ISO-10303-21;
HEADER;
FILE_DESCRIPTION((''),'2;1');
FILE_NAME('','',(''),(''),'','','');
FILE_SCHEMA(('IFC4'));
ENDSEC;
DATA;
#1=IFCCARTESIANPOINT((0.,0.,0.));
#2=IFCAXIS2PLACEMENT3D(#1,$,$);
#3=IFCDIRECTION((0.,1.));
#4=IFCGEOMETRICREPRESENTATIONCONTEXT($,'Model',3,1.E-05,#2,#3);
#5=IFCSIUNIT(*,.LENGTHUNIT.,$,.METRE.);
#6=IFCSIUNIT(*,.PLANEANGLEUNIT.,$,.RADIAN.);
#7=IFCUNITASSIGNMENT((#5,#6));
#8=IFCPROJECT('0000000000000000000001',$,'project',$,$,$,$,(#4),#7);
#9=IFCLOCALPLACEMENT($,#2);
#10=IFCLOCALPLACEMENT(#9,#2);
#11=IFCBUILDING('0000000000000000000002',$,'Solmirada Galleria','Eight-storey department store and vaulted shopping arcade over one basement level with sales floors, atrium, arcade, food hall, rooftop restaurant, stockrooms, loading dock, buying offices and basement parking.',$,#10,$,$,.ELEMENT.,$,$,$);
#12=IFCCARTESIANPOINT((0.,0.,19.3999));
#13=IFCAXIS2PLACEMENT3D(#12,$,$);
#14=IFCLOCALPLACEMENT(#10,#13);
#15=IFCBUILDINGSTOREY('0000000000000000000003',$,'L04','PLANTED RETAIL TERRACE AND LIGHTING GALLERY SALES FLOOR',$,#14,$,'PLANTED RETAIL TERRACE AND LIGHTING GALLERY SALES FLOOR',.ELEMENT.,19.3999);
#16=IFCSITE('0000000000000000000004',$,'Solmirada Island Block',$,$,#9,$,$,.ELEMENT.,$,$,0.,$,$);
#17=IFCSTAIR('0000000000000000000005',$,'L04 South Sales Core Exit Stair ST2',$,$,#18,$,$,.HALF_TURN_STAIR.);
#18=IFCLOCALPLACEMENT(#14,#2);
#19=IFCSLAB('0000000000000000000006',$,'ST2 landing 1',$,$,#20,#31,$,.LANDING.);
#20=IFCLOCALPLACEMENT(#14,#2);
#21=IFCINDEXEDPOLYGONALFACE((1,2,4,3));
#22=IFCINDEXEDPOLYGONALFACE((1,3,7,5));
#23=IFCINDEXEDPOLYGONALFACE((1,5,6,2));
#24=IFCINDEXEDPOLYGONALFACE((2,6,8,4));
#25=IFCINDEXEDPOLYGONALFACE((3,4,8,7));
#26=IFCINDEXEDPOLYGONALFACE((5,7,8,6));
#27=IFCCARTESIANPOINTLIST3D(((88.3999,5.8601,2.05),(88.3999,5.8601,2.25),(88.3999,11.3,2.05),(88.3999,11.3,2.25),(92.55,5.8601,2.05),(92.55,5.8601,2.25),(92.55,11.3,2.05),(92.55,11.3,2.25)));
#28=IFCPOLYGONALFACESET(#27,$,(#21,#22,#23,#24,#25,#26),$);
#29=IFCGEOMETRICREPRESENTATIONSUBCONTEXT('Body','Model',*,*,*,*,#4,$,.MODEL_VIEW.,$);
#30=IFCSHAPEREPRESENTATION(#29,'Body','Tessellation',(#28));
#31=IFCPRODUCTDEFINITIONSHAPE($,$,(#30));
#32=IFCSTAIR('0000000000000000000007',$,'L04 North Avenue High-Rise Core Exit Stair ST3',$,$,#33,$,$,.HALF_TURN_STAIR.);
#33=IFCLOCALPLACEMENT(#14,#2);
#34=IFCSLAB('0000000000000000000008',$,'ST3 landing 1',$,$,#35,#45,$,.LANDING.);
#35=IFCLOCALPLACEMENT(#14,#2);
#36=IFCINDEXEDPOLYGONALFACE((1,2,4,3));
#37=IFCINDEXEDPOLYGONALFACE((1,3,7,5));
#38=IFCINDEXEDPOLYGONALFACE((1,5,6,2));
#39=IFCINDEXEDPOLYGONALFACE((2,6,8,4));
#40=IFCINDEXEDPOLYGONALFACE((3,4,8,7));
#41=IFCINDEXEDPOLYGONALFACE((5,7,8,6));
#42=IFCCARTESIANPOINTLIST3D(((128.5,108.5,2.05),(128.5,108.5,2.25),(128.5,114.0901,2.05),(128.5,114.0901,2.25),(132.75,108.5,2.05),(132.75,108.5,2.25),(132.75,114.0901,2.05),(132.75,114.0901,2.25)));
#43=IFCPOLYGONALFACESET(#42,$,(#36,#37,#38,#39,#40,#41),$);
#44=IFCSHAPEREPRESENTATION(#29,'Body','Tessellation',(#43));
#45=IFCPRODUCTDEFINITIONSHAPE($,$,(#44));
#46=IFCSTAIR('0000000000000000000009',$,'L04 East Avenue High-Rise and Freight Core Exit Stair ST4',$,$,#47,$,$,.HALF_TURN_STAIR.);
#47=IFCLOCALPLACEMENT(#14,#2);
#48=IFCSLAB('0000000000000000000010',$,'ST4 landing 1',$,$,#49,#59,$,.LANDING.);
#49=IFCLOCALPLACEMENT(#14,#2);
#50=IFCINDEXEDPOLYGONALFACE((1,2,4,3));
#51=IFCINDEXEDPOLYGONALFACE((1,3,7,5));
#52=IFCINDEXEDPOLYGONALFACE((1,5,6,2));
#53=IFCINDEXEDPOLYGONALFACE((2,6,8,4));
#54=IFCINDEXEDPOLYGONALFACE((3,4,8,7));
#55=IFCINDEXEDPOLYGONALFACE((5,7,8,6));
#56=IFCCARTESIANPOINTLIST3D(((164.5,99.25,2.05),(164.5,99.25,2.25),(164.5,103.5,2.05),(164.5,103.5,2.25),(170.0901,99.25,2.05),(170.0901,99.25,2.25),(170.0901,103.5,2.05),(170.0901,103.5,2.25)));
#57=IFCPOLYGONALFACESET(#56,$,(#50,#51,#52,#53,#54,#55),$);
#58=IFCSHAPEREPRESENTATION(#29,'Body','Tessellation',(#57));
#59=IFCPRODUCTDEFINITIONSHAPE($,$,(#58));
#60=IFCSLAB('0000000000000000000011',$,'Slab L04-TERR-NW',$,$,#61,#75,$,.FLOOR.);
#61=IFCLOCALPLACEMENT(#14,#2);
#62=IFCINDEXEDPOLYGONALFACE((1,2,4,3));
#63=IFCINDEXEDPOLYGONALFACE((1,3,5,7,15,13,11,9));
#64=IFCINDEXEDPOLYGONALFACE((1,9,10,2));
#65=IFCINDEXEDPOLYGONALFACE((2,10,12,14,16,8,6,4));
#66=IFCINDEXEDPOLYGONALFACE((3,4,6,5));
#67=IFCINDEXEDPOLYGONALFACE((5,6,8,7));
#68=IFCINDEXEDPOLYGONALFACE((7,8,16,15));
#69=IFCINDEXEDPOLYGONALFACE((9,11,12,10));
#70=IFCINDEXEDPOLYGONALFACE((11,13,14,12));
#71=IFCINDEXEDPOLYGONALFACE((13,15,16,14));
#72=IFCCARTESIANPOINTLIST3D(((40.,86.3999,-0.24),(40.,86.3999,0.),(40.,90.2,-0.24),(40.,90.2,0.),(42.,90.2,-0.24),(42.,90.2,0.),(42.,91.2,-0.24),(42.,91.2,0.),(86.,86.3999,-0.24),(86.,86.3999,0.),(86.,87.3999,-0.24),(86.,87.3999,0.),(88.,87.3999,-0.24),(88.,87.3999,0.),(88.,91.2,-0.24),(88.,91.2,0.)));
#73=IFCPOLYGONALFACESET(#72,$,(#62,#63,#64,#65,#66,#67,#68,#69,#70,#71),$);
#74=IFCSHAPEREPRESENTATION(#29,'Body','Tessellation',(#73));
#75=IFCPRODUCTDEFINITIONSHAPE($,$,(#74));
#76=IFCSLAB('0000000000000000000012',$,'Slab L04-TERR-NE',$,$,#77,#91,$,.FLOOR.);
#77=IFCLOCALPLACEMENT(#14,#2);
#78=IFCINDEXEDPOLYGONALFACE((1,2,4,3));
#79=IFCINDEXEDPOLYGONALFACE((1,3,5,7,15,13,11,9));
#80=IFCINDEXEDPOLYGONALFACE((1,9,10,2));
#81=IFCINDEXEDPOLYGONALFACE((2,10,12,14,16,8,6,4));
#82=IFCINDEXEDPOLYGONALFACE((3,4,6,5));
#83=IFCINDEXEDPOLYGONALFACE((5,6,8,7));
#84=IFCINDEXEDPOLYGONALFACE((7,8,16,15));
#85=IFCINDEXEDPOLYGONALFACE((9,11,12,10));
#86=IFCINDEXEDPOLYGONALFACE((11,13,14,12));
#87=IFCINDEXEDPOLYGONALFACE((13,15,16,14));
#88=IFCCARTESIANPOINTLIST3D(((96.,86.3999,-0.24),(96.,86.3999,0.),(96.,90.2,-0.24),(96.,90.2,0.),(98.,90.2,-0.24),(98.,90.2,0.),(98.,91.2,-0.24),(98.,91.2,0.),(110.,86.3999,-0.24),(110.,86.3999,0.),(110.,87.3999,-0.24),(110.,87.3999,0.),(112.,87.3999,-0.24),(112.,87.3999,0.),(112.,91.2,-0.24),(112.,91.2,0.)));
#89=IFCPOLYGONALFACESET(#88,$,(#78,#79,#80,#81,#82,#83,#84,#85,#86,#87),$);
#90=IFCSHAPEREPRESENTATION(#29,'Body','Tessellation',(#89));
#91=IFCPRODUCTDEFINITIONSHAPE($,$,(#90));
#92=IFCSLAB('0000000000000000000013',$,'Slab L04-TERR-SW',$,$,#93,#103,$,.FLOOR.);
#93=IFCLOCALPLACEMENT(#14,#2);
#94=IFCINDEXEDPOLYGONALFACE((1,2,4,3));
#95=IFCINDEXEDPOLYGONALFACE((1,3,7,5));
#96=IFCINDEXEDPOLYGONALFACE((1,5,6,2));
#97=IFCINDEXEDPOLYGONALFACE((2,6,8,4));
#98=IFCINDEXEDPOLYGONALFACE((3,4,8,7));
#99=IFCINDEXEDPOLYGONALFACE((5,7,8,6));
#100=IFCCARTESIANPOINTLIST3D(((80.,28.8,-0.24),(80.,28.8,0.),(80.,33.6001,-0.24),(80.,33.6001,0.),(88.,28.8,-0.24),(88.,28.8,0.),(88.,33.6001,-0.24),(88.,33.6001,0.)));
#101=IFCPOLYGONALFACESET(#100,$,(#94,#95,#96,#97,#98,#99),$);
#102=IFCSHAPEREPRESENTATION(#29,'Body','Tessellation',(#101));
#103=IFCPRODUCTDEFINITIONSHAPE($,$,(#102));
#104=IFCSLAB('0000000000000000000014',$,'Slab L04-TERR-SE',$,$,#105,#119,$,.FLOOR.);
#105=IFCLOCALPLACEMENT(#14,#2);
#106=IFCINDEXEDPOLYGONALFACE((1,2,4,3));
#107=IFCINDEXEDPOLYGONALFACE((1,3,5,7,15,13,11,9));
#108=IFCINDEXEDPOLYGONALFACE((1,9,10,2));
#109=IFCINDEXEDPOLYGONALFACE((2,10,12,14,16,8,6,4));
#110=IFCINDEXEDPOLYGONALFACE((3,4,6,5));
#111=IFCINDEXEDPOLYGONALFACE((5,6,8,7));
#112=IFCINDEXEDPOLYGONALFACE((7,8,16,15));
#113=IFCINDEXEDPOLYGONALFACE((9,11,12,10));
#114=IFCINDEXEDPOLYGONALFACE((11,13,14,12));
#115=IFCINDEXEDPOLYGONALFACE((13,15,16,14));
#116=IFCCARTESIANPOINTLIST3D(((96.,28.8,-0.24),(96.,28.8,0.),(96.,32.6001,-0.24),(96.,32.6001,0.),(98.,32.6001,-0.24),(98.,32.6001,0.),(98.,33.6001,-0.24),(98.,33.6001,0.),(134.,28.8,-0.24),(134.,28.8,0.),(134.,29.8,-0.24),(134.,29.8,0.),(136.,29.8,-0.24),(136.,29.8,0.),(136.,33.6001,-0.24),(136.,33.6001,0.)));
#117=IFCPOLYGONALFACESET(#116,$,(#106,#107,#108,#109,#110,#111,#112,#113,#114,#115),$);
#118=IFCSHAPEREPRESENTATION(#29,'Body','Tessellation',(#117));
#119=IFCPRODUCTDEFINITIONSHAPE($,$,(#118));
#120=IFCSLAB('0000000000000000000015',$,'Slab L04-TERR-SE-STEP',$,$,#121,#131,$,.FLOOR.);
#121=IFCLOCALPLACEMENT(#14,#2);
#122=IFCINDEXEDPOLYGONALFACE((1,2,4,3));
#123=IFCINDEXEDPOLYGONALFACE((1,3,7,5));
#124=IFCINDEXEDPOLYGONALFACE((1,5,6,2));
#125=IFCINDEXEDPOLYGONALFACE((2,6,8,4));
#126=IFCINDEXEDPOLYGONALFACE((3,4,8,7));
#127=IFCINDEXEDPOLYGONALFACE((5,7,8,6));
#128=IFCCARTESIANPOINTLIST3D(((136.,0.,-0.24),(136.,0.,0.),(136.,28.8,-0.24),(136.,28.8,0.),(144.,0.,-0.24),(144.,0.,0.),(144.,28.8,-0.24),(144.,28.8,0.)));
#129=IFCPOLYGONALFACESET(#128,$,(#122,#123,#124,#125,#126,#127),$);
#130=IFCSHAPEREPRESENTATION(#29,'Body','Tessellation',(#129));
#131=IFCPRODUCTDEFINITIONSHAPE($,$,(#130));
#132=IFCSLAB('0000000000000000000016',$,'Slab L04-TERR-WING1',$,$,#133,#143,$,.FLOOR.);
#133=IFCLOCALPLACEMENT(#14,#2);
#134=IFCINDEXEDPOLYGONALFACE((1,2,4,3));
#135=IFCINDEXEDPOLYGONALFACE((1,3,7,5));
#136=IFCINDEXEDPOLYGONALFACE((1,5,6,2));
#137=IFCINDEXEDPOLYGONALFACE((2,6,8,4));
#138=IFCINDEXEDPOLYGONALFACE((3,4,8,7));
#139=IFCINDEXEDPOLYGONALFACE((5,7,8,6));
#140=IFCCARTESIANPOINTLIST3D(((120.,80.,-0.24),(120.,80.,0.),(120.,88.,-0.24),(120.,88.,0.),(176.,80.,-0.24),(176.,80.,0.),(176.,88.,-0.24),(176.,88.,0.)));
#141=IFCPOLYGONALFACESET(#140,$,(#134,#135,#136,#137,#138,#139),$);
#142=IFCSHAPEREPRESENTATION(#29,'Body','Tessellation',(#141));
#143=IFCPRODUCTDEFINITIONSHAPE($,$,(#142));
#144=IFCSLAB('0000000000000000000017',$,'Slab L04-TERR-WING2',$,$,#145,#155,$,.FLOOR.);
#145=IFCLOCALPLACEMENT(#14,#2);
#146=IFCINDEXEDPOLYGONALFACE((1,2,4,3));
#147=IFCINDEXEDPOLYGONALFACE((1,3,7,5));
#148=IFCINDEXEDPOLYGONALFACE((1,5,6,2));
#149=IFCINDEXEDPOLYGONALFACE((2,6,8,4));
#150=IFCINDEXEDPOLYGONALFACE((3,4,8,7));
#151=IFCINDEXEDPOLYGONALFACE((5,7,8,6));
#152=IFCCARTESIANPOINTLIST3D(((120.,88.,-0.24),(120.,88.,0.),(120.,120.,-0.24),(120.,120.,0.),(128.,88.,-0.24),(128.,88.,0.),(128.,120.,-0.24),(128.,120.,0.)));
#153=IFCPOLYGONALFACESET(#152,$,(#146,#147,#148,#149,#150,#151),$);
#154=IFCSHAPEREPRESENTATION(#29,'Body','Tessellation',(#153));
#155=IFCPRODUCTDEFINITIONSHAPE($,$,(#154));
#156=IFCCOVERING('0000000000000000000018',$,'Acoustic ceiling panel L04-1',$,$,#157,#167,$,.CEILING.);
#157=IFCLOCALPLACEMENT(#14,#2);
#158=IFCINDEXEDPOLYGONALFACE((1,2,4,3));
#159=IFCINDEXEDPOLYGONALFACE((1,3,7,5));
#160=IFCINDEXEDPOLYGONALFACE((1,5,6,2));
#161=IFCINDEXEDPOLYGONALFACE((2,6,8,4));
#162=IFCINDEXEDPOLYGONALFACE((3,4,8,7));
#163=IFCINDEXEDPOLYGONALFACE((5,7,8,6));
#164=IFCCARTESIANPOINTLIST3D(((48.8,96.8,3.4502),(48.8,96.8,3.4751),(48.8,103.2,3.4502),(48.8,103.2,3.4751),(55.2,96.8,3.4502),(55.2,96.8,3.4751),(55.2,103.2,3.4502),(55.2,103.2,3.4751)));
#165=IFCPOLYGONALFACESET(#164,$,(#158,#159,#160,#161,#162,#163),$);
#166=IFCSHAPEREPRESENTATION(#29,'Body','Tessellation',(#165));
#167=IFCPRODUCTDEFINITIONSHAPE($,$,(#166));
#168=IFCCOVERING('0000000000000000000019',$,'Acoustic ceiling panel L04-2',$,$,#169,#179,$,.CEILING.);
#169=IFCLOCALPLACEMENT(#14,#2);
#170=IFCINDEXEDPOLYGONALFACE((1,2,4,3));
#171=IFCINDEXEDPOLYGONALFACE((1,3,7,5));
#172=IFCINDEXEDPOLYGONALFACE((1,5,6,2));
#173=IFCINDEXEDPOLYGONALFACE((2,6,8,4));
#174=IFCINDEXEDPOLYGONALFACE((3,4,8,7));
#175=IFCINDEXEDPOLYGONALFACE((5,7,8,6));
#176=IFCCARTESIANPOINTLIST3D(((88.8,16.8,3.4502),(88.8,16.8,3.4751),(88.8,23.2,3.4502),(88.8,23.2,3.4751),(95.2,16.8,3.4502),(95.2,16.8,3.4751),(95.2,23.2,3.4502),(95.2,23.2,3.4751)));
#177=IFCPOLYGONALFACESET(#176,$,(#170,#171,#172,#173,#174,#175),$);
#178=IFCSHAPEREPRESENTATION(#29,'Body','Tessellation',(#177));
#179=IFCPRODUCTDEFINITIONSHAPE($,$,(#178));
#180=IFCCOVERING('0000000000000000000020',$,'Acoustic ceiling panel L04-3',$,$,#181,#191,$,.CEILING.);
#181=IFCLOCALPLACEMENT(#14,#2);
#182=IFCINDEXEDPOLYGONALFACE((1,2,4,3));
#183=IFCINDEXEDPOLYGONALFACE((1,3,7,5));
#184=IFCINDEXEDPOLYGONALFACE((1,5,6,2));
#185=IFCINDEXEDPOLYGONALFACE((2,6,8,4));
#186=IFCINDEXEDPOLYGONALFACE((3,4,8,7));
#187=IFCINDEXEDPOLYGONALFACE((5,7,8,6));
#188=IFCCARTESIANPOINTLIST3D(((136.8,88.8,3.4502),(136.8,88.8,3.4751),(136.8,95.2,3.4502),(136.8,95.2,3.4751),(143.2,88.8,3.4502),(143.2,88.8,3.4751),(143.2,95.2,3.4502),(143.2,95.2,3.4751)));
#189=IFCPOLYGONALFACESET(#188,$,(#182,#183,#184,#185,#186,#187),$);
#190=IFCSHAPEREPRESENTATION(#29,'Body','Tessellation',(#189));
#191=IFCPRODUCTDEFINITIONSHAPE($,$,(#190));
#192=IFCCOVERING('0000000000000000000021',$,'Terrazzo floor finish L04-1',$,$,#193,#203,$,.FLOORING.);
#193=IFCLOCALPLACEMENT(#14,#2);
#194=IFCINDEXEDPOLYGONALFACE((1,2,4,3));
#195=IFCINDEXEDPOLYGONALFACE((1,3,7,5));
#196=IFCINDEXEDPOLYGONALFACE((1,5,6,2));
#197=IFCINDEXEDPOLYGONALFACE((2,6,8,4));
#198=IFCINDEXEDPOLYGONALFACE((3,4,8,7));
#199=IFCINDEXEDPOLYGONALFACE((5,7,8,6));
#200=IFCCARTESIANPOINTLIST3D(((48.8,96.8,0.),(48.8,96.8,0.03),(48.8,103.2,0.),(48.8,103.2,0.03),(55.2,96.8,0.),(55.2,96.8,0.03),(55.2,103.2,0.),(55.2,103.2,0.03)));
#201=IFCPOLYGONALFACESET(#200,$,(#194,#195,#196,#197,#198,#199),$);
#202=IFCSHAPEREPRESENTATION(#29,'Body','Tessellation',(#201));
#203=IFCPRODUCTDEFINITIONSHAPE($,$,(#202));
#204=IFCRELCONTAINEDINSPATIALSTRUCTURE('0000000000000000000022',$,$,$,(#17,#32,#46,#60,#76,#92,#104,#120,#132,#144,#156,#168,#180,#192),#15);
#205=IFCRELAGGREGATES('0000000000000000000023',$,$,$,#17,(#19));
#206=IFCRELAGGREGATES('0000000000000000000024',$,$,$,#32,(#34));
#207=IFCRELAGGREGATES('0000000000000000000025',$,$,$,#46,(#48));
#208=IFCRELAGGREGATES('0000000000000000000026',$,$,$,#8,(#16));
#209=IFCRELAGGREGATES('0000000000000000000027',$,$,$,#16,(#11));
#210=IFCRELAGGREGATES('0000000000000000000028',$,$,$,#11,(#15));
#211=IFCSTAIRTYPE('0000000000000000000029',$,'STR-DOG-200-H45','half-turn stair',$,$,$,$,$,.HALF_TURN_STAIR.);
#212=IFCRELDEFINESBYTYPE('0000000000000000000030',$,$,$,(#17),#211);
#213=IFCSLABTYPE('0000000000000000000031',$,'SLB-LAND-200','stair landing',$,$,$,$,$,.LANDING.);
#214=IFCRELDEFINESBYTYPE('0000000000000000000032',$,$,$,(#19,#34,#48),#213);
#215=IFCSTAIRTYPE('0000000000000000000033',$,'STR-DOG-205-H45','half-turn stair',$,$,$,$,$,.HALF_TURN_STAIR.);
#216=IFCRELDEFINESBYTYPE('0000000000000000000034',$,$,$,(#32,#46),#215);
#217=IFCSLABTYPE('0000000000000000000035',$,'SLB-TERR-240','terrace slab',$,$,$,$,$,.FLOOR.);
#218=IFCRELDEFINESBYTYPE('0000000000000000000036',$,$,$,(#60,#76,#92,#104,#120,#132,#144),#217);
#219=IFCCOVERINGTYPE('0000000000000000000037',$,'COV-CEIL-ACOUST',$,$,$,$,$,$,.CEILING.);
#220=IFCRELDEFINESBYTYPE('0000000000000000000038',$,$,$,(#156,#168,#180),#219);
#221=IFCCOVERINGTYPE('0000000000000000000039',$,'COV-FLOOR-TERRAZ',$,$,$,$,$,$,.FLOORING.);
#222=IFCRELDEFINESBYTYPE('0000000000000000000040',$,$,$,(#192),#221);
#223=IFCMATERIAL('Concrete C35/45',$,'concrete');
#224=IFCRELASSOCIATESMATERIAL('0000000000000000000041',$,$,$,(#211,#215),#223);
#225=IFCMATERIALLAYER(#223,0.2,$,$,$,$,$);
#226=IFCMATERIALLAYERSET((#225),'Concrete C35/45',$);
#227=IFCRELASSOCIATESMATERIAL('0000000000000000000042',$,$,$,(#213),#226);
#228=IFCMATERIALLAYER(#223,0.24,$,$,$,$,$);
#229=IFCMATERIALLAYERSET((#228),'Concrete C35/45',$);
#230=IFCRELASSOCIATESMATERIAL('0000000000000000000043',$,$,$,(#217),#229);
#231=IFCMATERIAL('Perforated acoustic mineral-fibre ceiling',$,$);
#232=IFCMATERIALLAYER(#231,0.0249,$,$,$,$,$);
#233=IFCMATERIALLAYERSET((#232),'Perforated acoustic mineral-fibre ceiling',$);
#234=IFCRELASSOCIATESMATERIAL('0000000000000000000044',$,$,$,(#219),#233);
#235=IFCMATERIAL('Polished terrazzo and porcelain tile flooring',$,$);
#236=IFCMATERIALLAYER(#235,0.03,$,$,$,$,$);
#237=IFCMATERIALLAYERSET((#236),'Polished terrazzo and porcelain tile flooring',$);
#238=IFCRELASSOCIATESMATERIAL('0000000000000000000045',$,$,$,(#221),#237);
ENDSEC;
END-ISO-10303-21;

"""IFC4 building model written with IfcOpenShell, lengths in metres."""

from ifc_helpers import new_model, si_unit, direction, frame, origin, place, context, subcontext, project, spatial, polyline, outline, extrude, material, layer, layer_set, type_object, element, aggregate, save


model = new_model("IFC4")

# Units and contexts
model_context = context("Model", 3, precision=1e-05, world=origin(), true_north=direction((0.0, 1.0)))
body_context = subcontext(model_context, "Body", "Model", "MODEL_VIEW")
ifc_project = project(units=[si_unit("LENGTHUNIT", "METRE"), si_unit("PLANEANGLEUNIT", "RADIAN")], contexts=[model_context])

# Site, building, storey
site_placement = place(None, origin())
site = spatial("IfcSite", under=ifc_project, at=site_placement, Name="Solmirada Island Block", CompositionType="ELEMENT", RefElevation=0.0)
building_placement = place(site_placement, origin())
building = spatial("IfcBuilding", under=site, at=building_placement, Name="Solmirada Galleria", Description="Eight-storey department store and vaulted shopping arcade over one basement level with sales floors, atrium, arcade, food hall, rooftop restaurant, stockrooms, loading dock, buying offices and basement parking.", CompositionType="ELEMENT")
storey_placement = place(building_placement, frame((0.0, 0.0, 19.3999)))
storey = spatial("IfcBuildingStorey", under=building, at=storey_placement, Name="L04", Description="PLANTED RETAIL TERRACE AND LIGHTING GALLERY SALES FLOOR", LongName="PLANTED RETAIL TERRACE AND LIGHTING GALLERY SALES FLOOR", CompositionType="ELEMENT", Elevation=19.3999)

# Shared definitions
ifc_material_1 = material(Name="Concrete C35/45", Category="concrete")

# Stairs, slabs
stair_type_1 = type_object("IfcStairType", Name="STR-DOG-200-H45", Description="half-turn stair", PredefinedType="HALF_TURN_STAIR", material=ifc_material_1)
ifc_layer_1 = layer(ifc_material_1, 0.2)
ifc_layer_set_1 = layer_set([ifc_layer_1], Name="Concrete C35/45")
slab_type_1 = type_object("IfcSlabType", Name="SLB-LAND-200", Description="stair landing", PredefinedType="LANDING", material=ifc_layer_set_1)
stair_1_placement = place(storey_placement, origin())
stair_1 = element("IfcStair", 1, at=stair_1_placement, inside=storey, type_object=stair_type_1, Name="L04 South Sales Core Exit Stair ST2", PredefinedType="HALF_TURN_STAIR")
slab_1_placement = place(storey_placement, frame((0.0, 0.0, 2.05)))
slab_1 = element("IfcSlab", 2, at=slab_1_placement, type_object=slab_type_1, Name="ST2 landing 1", PredefinedType="LANDING", context=body_context, shape_type="SweptSolid", body=[
    extrude(outline(polyline([(92.55, 5.8601), (92.55, 11.3), (88.3999, 11.3), (88.3999, 5.8601), (92.55, 5.8601)])), origin(), (0.0, 0.0, 1.0), 0.2),
])
aggregate(stair_1, [slab_1])
stair_type_2 = type_object("IfcStairType", Name="STR-DOG-205-H45", Description="half-turn stair", PredefinedType="HALF_TURN_STAIR", material=ifc_material_1)
stair_2_placement = place(storey_placement, origin())
stair_2 = element("IfcStair", 3, at=stair_2_placement, inside=storey, type_object=stair_type_2, Name="L04 North Avenue High-Rise Core Exit Stair ST3", PredefinedType="HALF_TURN_STAIR")
slab_2_placement = place(storey_placement, frame((0.0, 0.0, 2.05)))
slab_2 = element("IfcSlab", 4, at=slab_2_placement, type_object=slab_type_1, Name="ST3 landing 1", PredefinedType="LANDING", context=body_context, shape_type="SweptSolid", body=[
    extrude(outline(polyline([(128.5, 114.0901), (128.5, 108.5), (132.75, 108.5), (132.75, 114.0901), (128.5, 114.0901)])), origin(), (0.0, 0.0, 1.0), 0.2),
])
aggregate(stair_2, [slab_2])
stair_3_placement = place(storey_placement, origin())
stair_3 = element("IfcStair", 5, at=stair_3_placement, inside=storey, type_object=stair_type_2, Name="L04 East Avenue High-Rise and Freight Core Exit Stair ST4", PredefinedType="HALF_TURN_STAIR")
slab_3_placement = place(storey_placement, frame((0.0, 0.0, 2.05)))
slab_3 = element("IfcSlab", 6, at=slab_3_placement, type_object=slab_type_1, Name="ST4 landing 1", PredefinedType="LANDING", context=body_context, shape_type="SweptSolid", body=[
    extrude(outline(polyline([(170.0901, 103.5), (164.5, 103.5), (164.5, 99.25), (170.0901, 99.25), (170.0901, 103.5)])), origin(), (0.0, 0.0, 1.0), 0.2),
])
aggregate(stair_3, [slab_3])

# Slabs
ifc_layer_2 = layer(ifc_material_1, 0.24)
ifc_layer_set_2 = layer_set([ifc_layer_2], Name="Concrete C35/45")
slab_type_2 = type_object("IfcSlabType", Name="SLB-TERR-240", Description="terrace slab", PredefinedType="FLOOR", material=ifc_layer_set_2)
slab_4_placement = place(storey_placement, frame((0.0, 0.0, -0.24)))
element("IfcSlab", 7, at=slab_4_placement, inside=storey, type_object=slab_type_2, Name="Slab L04-TERR-NW", PredefinedType="FLOOR", context=body_context, shape_type="SweptSolid", body=[
    extrude(outline(polyline([(40.0, 86.3999), (86.0, 86.3999), (86.0, 87.3999), (88.0, 87.3999), (88.0, 91.2), (42.0, 91.2), (42.0, 90.2), (40.0, 90.2), (40.0, 86.3999)])), origin(), (0.0, 0.0, 1.0), 0.24),
])
slab_5_placement = place(storey_placement, frame((0.0, 0.0, -0.24)))
element("IfcSlab", 8, at=slab_5_placement, inside=storey, type_object=slab_type_2, Name="Slab L04-TERR-NE", PredefinedType="FLOOR", context=body_context, shape_type="SweptSolid", body=[
    extrude(outline(polyline([(96.0, 86.3999), (110.0, 86.3999), (110.0, 87.3999), (112.0, 87.3999), (112.0, 91.2), (98.0, 91.2), (98.0, 90.2), (96.0, 90.2), (96.0, 86.3999)])), origin(), (0.0, 0.0, 1.0), 0.24),
])
slab_6_placement = place(storey_placement, frame((0.0, 0.0, -0.24)))
element("IfcSlab", 9, at=slab_6_placement, inside=storey, type_object=slab_type_2, Name="Slab L04-TERR-SW", PredefinedType="FLOOR", context=body_context, shape_type="SweptSolid", body=[
    extrude(outline(polyline([(80.0, 28.8), (88.0, 28.8), (88.0, 33.6001), (80.0, 33.6001), (80.0, 28.8)])), origin(), (0.0, 0.0, 1.0), 0.24),
])
slab_7_placement = place(storey_placement, frame((0.0, 0.0, -0.24)))
element("IfcSlab", 10, at=slab_7_placement, inside=storey, type_object=slab_type_2, Name="Slab L04-TERR-SE", PredefinedType="FLOOR", context=body_context, shape_type="SweptSolid", body=[
    extrude(outline(polyline([(96.0, 28.8), (134.0, 28.8), (134.0, 29.8), (136.0, 29.8), (136.0, 33.6001), (98.0, 33.6001), (98.0, 32.6001), (96.0, 32.6001), (96.0, 28.8)])), origin(), (0.0, 0.0, 1.0), 0.24),
])
slab_8_placement = place(storey_placement, frame((0.0, 0.0, -0.24)))
element("IfcSlab", 11, at=slab_8_placement, inside=storey, type_object=slab_type_2, Name="Slab L04-TERR-SE-STEP", PredefinedType="FLOOR", context=body_context, shape_type="SweptSolid", body=[
    extrude(outline(polyline([(136.0, 0.0), (144.0, 0.0), (144.0, 28.8), (136.0, 28.8), (136.0, 0.0)])), origin(), (0.0, 0.0, 1.0), 0.24),
])
slab_9_placement = place(storey_placement, frame((0.0, 0.0, -0.24)))
element("IfcSlab", 12, at=slab_9_placement, inside=storey, type_object=slab_type_2, Name="Slab L04-TERR-WING1", PredefinedType="FLOOR", context=body_context, shape_type="SweptSolid", body=[
    extrude(outline(polyline([(120.0, 80.0), (176.0, 80.0), (176.0, 88.0), (120.0, 88.0), (120.0, 80.0)])), origin(), (0.0, 0.0, 1.0), 0.24),
])
slab_10_placement = place(storey_placement, frame((0.0, 0.0, -0.24)))
element("IfcSlab", 13, at=slab_10_placement, inside=storey, type_object=slab_type_2, Name="Slab L04-TERR-WING2", PredefinedType="FLOOR", context=body_context, shape_type="SweptSolid", body=[
    extrude(outline(polyline([(120.0, 88.0), (128.0, 88.0), (128.0, 120.0), (120.0, 120.0), (120.0, 88.0)])), origin(), (0.0, 0.0, 1.0), 0.24),
])

# Coverings
ifc_material_2 = material(Name="Perforated acoustic mineral-fibre ceiling")
ifc_layer_3 = layer(ifc_material_2, 0.0249)
ifc_layer_set_3 = layer_set([ifc_layer_3], Name="Perforated acoustic mineral-fibre ceiling")
covering_type_1 = type_object("IfcCoveringType", Name="COV-CEIL-ACOUST", PredefinedType="CEILING", material=ifc_layer_set_3)
covering_1_placement = place(storey_placement, frame((0.0, 0.0, 3.4502)))
element("IfcCovering", 14, at=covering_1_placement, inside=storey, type_object=covering_type_1, Name="Acoustic ceiling panel L04-1", PredefinedType="CEILING", context=body_context, shape_type="SweptSolid", body=[
    extrude(outline(polyline([(48.8, 96.8), (55.2, 96.8), (55.2, 103.2), (48.8, 103.2), (48.8, 96.8)])), origin(), (0.0, 0.0, 1.0), 0.0249),
])
covering_2_placement = place(storey_placement, frame((0.0, 0.0, 3.4502)))
element("IfcCovering", 15, at=covering_2_placement, inside=storey, type_object=covering_type_1, Name="Acoustic ceiling panel L04-2", PredefinedType="CEILING", context=body_context, shape_type="SweptSolid", body=[
    extrude(outline(polyline([(88.8, 16.8), (95.2, 16.8), (95.2, 23.2), (88.8, 23.2), (88.8, 16.8)])), origin(), (0.0, 0.0, 1.0), 0.0249),
])
covering_3_placement = place(storey_placement, frame((0.0, 0.0, 3.4502)))
element("IfcCovering", 16, at=covering_3_placement, inside=storey, type_object=covering_type_1, Name="Acoustic ceiling panel L04-3", PredefinedType="CEILING", context=body_context, shape_type="SweptSolid", body=[
    extrude(outline(polyline([(136.8, 88.8), (143.2, 88.8), (143.2, 95.2), (136.8, 95.2), (136.8, 88.8)])), origin(), (0.0, 0.0, 1.0), 0.0249),
])
ifc_material_3 = material(Name="Polished terrazzo and porcelain tile flooring")
ifc_layer_4 = layer(ifc_material_3, 0.03)
ifc_layer_set_4 = layer_set([ifc_layer_4], Name="Polished terrazzo and porcelain tile flooring")
covering_type_2 = type_object("IfcCoveringType", Name="COV-FLOOR-TERRAZ", PredefinedType="FLOORING", material=ifc_layer_set_4)
covering_4_placement = place(storey_placement, origin())
element("IfcCovering", 17, at=covering_4_placement, inside=storey, type_object=covering_type_2, Name="Terrazzo floor finish L04-1", PredefinedType="FLOORING", context=body_context, shape_type="SweptSolid", body=[
    extrude(outline(polyline([(48.8, 96.8), (55.2, 96.8), (55.2, 103.2), (48.8, 103.2), (48.8, 96.8)])), origin(), (0.0, 0.0, 1.0), 0.03),
])

save(model, "model.ifc")
